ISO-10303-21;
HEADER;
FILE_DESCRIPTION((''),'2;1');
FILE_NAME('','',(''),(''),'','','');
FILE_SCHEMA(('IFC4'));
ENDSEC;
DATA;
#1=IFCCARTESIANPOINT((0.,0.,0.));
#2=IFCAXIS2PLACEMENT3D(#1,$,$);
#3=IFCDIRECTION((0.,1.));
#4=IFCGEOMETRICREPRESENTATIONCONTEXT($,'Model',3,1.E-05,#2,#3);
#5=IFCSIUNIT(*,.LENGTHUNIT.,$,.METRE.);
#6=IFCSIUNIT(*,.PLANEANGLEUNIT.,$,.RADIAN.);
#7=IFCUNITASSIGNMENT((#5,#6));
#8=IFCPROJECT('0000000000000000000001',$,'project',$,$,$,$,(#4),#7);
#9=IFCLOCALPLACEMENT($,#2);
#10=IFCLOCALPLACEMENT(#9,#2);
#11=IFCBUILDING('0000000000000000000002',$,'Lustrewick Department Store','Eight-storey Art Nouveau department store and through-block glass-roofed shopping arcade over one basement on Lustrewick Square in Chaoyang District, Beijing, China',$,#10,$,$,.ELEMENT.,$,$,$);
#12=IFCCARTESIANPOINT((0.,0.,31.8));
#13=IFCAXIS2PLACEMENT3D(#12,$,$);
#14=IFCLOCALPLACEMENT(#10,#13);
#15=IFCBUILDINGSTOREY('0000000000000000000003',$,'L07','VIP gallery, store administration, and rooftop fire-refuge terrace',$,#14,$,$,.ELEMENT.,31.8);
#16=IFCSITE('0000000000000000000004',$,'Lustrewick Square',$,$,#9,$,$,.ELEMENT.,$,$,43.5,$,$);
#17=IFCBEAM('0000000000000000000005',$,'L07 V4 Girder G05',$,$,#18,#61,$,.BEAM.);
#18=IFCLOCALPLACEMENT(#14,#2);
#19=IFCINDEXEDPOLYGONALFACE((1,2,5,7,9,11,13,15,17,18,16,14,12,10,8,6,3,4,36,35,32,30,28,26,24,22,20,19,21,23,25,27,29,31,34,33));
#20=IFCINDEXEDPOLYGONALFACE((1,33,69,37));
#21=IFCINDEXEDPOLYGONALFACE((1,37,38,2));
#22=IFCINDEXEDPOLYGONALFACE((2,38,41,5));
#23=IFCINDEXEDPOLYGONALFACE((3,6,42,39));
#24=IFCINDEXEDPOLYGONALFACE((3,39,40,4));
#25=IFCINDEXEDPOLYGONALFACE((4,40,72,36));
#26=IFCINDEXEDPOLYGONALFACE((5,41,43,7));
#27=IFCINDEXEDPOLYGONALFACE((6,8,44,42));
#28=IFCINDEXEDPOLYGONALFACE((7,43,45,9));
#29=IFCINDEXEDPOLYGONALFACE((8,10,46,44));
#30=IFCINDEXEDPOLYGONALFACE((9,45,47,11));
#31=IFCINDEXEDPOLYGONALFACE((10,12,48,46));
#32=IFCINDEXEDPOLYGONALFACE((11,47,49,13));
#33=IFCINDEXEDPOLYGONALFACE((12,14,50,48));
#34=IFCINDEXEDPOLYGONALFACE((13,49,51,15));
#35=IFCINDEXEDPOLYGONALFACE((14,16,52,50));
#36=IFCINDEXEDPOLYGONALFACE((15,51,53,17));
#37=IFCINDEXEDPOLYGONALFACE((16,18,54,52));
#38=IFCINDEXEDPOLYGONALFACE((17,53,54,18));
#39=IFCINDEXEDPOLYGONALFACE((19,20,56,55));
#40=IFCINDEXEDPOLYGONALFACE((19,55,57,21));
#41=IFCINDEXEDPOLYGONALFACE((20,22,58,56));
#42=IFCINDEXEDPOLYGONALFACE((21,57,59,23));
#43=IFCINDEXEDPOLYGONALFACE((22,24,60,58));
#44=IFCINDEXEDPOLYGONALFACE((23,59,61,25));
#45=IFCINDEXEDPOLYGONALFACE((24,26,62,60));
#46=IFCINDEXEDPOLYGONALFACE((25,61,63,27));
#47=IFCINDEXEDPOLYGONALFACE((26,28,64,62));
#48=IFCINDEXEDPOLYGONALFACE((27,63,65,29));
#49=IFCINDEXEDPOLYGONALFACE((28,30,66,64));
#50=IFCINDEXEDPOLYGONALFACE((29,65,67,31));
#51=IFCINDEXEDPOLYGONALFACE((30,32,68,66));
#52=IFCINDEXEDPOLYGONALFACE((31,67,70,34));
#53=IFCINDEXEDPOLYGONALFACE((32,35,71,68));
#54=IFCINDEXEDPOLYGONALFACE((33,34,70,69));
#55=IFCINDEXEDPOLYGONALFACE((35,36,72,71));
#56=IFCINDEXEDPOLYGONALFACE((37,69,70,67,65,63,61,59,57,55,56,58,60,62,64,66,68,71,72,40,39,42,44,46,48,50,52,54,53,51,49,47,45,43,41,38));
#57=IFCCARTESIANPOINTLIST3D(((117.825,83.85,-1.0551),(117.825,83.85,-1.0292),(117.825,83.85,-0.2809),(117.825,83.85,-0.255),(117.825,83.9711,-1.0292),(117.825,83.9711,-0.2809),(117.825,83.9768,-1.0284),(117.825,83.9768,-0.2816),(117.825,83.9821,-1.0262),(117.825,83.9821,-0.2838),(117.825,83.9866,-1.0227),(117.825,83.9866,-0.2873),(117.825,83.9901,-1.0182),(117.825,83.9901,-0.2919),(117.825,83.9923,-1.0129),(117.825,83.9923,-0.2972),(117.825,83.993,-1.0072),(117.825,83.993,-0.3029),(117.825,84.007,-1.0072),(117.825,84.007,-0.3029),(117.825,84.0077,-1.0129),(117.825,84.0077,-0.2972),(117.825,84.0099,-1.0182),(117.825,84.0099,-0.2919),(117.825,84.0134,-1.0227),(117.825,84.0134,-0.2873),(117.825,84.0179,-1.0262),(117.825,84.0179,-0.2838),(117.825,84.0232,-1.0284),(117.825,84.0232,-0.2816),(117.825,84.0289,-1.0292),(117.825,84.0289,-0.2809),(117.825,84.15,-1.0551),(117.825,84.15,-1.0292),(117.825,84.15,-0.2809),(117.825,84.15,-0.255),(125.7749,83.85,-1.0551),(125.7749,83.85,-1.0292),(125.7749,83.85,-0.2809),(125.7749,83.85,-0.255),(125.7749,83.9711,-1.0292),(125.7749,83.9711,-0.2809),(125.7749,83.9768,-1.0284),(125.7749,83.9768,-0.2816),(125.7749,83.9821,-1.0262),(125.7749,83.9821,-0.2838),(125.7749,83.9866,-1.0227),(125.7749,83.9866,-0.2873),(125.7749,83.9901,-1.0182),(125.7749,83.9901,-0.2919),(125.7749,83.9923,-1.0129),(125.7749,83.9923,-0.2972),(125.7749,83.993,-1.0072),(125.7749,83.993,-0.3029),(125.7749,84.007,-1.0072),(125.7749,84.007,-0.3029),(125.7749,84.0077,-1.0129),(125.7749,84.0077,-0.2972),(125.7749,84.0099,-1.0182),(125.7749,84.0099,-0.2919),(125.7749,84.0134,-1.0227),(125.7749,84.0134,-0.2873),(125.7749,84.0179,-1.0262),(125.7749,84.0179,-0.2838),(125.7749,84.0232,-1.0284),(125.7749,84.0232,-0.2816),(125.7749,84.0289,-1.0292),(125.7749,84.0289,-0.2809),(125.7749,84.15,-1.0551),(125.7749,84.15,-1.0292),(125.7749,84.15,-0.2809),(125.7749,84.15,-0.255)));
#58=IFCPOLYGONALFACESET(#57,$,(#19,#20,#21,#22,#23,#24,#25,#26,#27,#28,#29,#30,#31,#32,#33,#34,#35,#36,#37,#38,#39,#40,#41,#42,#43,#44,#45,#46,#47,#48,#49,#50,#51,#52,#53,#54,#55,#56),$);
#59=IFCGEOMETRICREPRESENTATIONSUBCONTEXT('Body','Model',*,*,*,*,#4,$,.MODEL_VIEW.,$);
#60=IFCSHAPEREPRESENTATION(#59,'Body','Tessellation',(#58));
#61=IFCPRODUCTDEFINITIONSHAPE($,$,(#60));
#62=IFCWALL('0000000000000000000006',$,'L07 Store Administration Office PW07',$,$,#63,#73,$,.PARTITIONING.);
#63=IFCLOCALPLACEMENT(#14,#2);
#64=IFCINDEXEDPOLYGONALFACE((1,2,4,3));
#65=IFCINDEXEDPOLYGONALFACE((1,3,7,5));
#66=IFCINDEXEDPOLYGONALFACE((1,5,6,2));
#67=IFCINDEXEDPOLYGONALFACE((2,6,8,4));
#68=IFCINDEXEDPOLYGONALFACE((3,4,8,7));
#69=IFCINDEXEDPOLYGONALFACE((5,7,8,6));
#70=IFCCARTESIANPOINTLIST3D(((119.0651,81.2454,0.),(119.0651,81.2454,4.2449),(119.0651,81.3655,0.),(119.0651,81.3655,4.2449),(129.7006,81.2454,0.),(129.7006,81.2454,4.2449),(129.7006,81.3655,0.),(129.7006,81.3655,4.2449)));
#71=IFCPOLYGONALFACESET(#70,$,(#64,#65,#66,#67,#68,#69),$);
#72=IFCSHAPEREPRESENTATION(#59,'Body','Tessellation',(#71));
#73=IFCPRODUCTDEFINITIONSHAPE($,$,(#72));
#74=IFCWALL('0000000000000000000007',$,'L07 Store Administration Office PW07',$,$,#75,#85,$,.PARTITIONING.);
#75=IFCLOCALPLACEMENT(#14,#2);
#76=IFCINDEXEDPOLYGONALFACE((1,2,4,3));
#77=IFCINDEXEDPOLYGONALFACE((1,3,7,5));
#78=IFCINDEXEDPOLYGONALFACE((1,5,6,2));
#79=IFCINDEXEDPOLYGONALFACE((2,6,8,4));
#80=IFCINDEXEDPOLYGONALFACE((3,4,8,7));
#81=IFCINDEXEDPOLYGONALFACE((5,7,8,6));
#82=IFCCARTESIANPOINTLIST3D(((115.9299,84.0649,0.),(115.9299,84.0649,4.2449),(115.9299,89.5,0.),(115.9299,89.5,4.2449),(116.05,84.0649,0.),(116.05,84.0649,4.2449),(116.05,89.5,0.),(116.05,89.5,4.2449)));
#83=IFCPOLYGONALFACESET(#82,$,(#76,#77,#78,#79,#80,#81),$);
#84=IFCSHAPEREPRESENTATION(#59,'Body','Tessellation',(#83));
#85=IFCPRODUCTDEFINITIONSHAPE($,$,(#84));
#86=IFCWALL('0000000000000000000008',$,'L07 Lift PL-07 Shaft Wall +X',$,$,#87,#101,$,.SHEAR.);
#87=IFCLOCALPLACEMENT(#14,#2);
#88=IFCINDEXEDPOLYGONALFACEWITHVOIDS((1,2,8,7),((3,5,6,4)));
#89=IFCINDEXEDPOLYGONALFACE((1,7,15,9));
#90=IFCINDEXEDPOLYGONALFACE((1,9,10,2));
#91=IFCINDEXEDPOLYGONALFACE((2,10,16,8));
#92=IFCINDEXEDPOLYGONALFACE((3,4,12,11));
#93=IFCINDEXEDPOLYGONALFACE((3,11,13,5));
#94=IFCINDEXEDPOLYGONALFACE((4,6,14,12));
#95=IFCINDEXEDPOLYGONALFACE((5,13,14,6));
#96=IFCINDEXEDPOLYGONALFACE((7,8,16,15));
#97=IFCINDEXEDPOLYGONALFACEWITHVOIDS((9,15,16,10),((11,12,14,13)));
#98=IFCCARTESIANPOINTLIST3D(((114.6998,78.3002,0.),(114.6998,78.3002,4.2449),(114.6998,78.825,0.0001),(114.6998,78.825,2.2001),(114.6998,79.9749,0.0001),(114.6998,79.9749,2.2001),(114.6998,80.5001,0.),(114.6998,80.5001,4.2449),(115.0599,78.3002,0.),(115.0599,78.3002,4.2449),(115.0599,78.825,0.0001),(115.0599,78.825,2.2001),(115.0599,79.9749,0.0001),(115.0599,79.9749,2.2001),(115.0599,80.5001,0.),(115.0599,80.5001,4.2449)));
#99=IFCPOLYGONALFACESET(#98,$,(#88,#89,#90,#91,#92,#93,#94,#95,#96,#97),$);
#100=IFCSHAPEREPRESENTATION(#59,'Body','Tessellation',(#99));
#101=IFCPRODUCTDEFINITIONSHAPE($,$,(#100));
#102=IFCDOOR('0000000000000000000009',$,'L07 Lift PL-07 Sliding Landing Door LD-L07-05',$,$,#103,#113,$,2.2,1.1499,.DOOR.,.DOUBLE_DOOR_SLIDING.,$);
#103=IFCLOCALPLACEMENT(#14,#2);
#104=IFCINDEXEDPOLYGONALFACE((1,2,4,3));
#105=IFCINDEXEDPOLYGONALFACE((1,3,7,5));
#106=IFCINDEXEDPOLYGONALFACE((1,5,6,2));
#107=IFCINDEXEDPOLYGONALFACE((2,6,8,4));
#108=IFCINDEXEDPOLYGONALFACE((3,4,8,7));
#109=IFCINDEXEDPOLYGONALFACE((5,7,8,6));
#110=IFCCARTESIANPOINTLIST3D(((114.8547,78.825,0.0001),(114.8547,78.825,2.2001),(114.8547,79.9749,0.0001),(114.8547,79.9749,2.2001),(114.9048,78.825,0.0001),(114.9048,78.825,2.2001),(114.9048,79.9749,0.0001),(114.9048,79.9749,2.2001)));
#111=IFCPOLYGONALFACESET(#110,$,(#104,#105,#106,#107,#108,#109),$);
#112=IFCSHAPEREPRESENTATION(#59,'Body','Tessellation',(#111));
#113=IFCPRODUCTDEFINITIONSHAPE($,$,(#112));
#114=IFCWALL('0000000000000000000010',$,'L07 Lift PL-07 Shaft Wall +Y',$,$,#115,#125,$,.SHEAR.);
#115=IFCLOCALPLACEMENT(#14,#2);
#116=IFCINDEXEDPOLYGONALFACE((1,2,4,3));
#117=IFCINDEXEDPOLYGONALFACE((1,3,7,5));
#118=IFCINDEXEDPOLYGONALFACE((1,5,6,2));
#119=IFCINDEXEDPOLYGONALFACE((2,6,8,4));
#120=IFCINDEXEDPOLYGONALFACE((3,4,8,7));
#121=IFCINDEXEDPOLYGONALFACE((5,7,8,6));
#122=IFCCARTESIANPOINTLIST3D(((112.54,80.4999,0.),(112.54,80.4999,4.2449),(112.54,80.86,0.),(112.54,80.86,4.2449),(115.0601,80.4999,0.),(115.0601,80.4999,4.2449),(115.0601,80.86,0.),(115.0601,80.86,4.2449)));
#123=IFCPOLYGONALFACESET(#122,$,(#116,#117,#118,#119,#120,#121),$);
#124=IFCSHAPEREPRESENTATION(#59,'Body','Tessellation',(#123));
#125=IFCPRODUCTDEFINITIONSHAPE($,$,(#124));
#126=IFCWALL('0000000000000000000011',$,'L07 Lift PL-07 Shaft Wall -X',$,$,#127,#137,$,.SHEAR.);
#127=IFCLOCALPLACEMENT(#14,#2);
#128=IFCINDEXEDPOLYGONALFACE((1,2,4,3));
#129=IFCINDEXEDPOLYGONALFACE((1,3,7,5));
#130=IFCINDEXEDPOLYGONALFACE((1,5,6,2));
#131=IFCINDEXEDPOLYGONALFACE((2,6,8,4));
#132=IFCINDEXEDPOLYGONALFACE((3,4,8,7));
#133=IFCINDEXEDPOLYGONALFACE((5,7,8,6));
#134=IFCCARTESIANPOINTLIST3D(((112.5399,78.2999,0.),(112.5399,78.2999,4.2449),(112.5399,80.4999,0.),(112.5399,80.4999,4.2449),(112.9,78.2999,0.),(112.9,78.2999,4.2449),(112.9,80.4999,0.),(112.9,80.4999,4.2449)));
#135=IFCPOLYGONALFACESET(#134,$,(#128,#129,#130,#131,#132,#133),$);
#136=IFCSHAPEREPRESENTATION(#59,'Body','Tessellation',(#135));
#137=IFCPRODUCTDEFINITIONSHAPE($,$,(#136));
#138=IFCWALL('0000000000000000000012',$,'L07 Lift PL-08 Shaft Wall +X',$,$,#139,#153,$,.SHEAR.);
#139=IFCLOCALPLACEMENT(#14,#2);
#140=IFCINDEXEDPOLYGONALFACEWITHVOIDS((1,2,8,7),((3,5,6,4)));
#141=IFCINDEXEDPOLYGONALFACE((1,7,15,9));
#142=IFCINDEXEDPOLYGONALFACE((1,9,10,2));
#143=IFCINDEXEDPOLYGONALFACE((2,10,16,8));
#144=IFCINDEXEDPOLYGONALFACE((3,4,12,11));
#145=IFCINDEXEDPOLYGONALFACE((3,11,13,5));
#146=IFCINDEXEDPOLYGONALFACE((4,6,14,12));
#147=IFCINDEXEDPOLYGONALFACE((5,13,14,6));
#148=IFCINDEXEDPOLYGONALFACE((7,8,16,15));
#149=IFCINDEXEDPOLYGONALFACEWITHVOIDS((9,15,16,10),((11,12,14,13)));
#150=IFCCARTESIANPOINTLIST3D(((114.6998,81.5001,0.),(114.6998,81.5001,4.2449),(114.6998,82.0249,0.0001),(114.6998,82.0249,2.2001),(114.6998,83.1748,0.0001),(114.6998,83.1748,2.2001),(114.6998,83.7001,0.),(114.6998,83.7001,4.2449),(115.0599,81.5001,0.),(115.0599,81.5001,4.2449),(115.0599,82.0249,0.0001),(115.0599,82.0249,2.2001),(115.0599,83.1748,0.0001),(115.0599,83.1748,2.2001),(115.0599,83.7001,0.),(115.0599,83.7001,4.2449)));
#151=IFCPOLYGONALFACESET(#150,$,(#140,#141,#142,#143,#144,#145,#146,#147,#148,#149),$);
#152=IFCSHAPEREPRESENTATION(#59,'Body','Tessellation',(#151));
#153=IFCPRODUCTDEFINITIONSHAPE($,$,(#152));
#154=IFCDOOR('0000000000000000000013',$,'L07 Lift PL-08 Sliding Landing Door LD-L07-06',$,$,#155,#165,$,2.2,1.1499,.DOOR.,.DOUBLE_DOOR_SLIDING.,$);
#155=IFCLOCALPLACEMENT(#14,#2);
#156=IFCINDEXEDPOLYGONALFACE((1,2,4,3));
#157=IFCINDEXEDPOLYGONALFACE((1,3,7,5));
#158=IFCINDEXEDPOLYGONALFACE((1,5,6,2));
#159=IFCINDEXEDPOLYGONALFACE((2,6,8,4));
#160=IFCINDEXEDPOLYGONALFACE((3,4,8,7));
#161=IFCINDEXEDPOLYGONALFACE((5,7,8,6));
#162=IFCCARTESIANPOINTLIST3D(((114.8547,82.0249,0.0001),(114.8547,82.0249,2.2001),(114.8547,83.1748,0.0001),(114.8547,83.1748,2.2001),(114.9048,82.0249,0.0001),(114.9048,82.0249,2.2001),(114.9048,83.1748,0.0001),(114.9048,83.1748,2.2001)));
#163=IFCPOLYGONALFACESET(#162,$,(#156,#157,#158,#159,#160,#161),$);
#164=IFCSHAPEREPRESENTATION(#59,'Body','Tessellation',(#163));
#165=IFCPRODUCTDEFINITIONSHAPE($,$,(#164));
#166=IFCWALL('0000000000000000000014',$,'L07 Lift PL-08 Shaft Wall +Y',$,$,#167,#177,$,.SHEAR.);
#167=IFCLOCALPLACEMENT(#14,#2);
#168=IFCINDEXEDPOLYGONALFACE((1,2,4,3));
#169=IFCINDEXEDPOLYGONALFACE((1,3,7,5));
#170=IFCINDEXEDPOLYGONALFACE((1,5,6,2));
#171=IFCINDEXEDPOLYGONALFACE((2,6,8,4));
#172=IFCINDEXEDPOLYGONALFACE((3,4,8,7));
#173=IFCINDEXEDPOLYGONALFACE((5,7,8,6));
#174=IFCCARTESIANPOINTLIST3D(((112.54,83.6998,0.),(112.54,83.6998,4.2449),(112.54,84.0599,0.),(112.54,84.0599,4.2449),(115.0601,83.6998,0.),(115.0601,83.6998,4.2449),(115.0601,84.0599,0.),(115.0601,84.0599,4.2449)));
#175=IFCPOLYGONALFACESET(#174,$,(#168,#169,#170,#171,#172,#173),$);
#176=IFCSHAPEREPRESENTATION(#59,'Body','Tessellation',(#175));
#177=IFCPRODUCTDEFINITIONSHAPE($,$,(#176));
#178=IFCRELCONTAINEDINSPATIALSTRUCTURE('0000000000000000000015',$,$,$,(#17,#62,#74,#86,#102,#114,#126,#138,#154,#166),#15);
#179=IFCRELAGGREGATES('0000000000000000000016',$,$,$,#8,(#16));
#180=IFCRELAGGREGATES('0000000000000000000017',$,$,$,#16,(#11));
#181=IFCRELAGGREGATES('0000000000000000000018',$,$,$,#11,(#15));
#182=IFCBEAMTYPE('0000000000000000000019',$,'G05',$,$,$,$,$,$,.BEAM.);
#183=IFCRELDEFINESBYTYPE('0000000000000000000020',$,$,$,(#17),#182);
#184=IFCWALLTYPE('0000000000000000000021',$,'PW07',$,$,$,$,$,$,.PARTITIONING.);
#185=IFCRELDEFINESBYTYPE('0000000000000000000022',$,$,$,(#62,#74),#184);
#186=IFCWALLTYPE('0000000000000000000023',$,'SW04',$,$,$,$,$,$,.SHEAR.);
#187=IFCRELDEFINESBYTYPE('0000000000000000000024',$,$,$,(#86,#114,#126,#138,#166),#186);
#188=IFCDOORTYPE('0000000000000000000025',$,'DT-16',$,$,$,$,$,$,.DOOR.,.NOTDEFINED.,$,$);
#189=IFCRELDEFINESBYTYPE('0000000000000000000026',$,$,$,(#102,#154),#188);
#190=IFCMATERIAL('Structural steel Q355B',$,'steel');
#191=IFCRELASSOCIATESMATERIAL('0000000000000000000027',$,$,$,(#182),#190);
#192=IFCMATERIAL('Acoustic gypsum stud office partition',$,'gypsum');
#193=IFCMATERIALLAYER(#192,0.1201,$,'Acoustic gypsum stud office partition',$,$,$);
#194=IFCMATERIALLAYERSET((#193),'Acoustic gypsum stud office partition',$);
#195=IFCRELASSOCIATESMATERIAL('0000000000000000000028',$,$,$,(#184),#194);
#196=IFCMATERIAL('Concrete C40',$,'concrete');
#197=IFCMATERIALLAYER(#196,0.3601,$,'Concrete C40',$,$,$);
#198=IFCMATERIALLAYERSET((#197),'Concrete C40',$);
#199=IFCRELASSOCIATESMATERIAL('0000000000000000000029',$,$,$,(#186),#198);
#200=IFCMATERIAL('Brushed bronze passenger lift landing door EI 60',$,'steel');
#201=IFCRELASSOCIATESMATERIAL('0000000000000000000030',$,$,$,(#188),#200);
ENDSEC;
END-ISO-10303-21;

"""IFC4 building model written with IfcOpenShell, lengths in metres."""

from ifc_helpers import new_model, si_unit, direction, frame, frame_2d, origin, origin_2d, place, context, subcontext, project, spatial, rectangle, i_section, extrude, material, layer, layer_set, material_profile, profile_set, type_object, element, fill, save


model = new_model("IFC4")

# Units and contexts
model_context = context("Model", 3, precision=1e-05, world=origin(), true_north=direction((0.0, 1.0)))
body_context = subcontext(model_context, "Body", "Model", "MODEL_VIEW")
ifc_project = project(units=[si_unit("LENGTHUNIT", "METRE"), si_unit("PLANEANGLEUNIT", "RADIAN")], contexts=[model_context])

# Site, building, storey
site_placement = place(None, origin())
site = spatial("IfcSite", under=ifc_project, at=site_placement, Name="Lustrewick Square", CompositionType="ELEMENT", RefElevation=43.5)
building_placement = place(site_placement, origin())
building = spatial("IfcBuilding", under=site, at=building_placement, Name="Lustrewick Department Store", Description="Eight-storey Art Nouveau department store and through-block glass-roofed shopping arcade over one basement on Lustrewick Square in Chaoyang District, Beijing, China", CompositionType="ELEMENT")
storey_placement = place(building_placement, frame((0.0, 0.0, 31.8)))
storey = spatial("IfcBuildingStorey", under=building, at=storey_placement, Name="L07", Description="VIP gallery, store administration, and rooftop fire-refuge terrace", CompositionType="ELEMENT", Elevation=31.8)

# Shared definitions
ifc_material_1 = material(Name="Structural steel Q355B", Category="steel")

# Beam
ifc_material_profile_1 = material_profile(ifc_material_1, i_section(OverallWidth=0.3, OverallDepth=0.8, WebThickness=0.0139, FlangeThickness=0.0259, FilletRadius=0.022, at=origin_2d()), Name="HN 800x300x14x26")
ifc_profile_set_1 = profile_set([ifc_material_profile_1], Name="Structural steel Q355B")
beam_type_1 = type_object("IfcBeamType", Name="G05", PredefinedType="BEAM", material=ifc_profile_set_1)
beam_1_placement = place(storey_placement, frame((117.825, 84.0, -0.655), z_axis=(1.0, 0.0, 0.0), x_axis=(0.0, 1.0, 0.0)))
element("IfcBeam", 1, at=beam_1_placement, inside=storey, type_object=beam_type_1, Name="L07 V4 Girder G05", PredefinedType="BEAM", context=body_context, shape_type="SweptSolid", body=[
    extrude(i_section(OverallWidth=0.3, OverallDepth=0.8, WebThickness=0.0139, FlangeThickness=0.0259, FilletRadius=0.022, at=origin_2d()), origin(), (0.0, 0.0, 1.0), 7.95),
])

# Walls
ifc_material_2 = material(Name="Acoustic gypsum stud office partition", Category="gypsum")
ifc_layer_1 = layer(ifc_material_2, 0.1201, Name="Acoustic gypsum stud office partition")
ifc_layer_set_1 = layer_set([ifc_layer_1], Name="Acoustic gypsum stud office partition")
wall_type_1 = type_object("IfcWallType", Name="PW07", PredefinedType="PARTITIONING", material=ifc_layer_set_1)
wall_1_placement = place(storey_placement, frame((119.0649, 81.3054, 0.0), z_axis=(0.0, 0.0, 1.0), x_axis=(1.0, 0.0, 0.0)))
element("IfcWall", 2, at=wall_1_placement, inside=storey, type_object=wall_type_1, Name="L07 Store Administration Office PW07", PredefinedType="PARTITIONING", context=body_context, shape_type="SweptSolid", body=[
    extrude(rectangle(XDim=10.6355, YDim=0.1201, at=frame_2d((5.3179, 0.0))), origin(), (0.0, 0.0, 1.0), 4.2449),
])
wall_2_placement = place(storey_placement, frame((115.99, 84.0649, 0.0), z_axis=(0.0, 0.0, 1.0), x_axis=(0.0, 1.0, 0.0)))
element("IfcWall", 3, at=wall_2_placement, inside=storey, type_object=wall_type_1, Name="L07 Store Administration Office PW07", PredefinedType="PARTITIONING", context=body_context, shape_type="SweptSolid", body=[
    extrude(rectangle(XDim=5.4351, YDim=0.1201, at=frame_2d((2.7175, 0.0))), origin(), (0.0, 0.0, 1.0), 4.2449),
])

# Wall, opening, door
ifc_material_3 = material(Name="Concrete C40", Category="concrete")
ifc_layer_2 = layer(ifc_material_3, 0.3601, Name="Concrete C40")
ifc_layer_set_2 = layer_set([ifc_layer_2], Name="Concrete C40")
wall_type_2 = type_object("IfcWallType", Name="SW04", PredefinedType="SHEAR", material=ifc_layer_set_2)
wall_3_placement = place(storey_placement, frame((114.8799, 78.3, 0.0), z_axis=(0.0, 0.0, 1.0), x_axis=(0.0, 1.0, 0.0)))
wall_3 = element("IfcWall", 4, at=wall_3_placement, inside=storey, type_object=wall_type_2, Name="L07 Lift PL-07 Shaft Wall +X", PredefinedType="SHEAR", context=body_context, shape_type="SweptSolid", body=[
    extrude(rectangle(XDim=2.2, YDim=0.3601, at=frame_2d((1.1001, 0.0))), origin(), (0.0, 0.0, 1.0), 4.2449),
])
opening_1_placement = place(wall_3_placement, frame((0.5249, 0.0, 0.0)))
opening_1 = element("IfcOpeningElement", 5, at=opening_1_placement, cuts=wall_3, PredefinedType="OPENING", context=body_context, shape_type="SweptSolid", body=[
    extrude(rectangle(XDim=1.1499, YDim=2.2, at=frame_2d((0.575, 1.1001))), frame((0.0, 0.1899, 0.0), z_axis=(0.0, -1.0, 0.0), x_axis=(1.0, 0.0, 0.0)), (0.0, 0.0, 1.0), 0.3801),
])
ifc_material_4 = material(Name="Brushed bronze passenger lift landing door EI 60", Category="steel")
door_type_1 = type_object("IfcDoorType", Name="DT-16", OperationType="NOTDEFINED", PredefinedType="DOOR", material=ifc_material_4)
door_1_placement = place(opening_1_placement, frame((1.1499, 0.0, 0.0), z_axis=(0.0, 0.0, 1.0), x_axis=(-1.0, 0.0, 0.0)))
door_1 = element("IfcDoor", 6, at=door_1_placement, inside=storey, type_object=door_type_1, Name="L07 Lift PL-07 Sliding Landing Door LD-L07-05", OperationType="DOUBLE_DOOR_SLIDING", OverallHeight=2.2, OverallWidth=1.1499, PredefinedType="DOOR", context=body_context, shape_type="SweptSolid", body=[
    extrude(rectangle(XDim=1.1499, YDim=2.2, at=frame_2d((0.575, 1.1001))), frame((0.0, 0.0249, 0.0), z_axis=(0.0, -1.0, 0.0), x_axis=(1.0, 0.0, 0.0)), (0.0, 0.0, 1.0), 0.05),
])
fill(opening_1, door_1)

# Walls
wall_4_placement = place(storey_placement, frame((115.0601, 80.6799, 0.0), z_axis=(0.0, 0.0, 1.0), x_axis=(-1.0, 0.0, 0.0)))
element("IfcWall", 7, at=wall_4_placement, inside=storey, type_object=wall_type_2, Name="L07 Lift PL-07 Shaft Wall +Y", PredefinedType="SHEAR", context=body_context, shape_type="SweptSolid", body=[
    extrude(rectangle(XDim=2.52, YDim=0.3601, at=frame_2d((1.26, 0.0))), origin(), (0.0, 0.0, 1.0), 4.2449),
])
wall_5_placement = place(storey_placement, frame((112.72, 80.5, 0.0), z_axis=(0.0, 0.0, 1.0), x_axis=(0.0, -1.0, 0.0)))
element("IfcWall", 8, at=wall_5_placement, inside=storey, type_object=wall_type_2, Name="L07 Lift PL-07 Shaft Wall -X", PredefinedType="SHEAR", context=body_context, shape_type="SweptSolid", body=[
    extrude(rectangle(XDim=2.2, YDim=0.3601, at=frame_2d((1.1001, 0.0))), origin(), (0.0, 0.0, 1.0), 4.2449),
])

# Wall, opening, door
wall_6_placement = place(storey_placement, frame((114.8799, 81.5, 0.0), z_axis=(0.0, 0.0, 1.0), x_axis=(0.0, 1.0, 0.0)))
wall_6 = element("IfcWall", 9, at=wall_6_placement, inside=storey, type_object=wall_type_2, Name="L07 Lift PL-08 Shaft Wall +X", PredefinedType="SHEAR", context=body_context, shape_type="SweptSolid", body=[
    extrude(rectangle(XDim=2.2, YDim=0.3601, at=frame_2d((1.1001, 0.0))), origin(), (0.0, 0.0, 1.0), 4.2449),
])
opening_2_placement = place(wall_6_placement, frame((0.5249, 0.0, 0.0)))
opening_2 = element("IfcOpeningElement", 10, at=opening_2_placement, cuts=wall_6, PredefinedType="OPENING", context=body_context, shape_type="SweptSolid", body=[
    extrude(rectangle(XDim=1.1499, YDim=2.2, at=frame_2d((0.575, 1.1001))), frame((0.0, 0.1899, 0.0), z_axis=(0.0, -1.0, 0.0), x_axis=(1.0, 0.0, 0.0)), (0.0, 0.0, 1.0), 0.3801),
])
door_2_placement = place(opening_2_placement, frame((1.1499, 0.0, 0.0), z_axis=(0.0, 0.0, 1.0), x_axis=(-1.0, 0.0, 0.0)))
door_2 = element("IfcDoor", 11, at=door_2_placement, inside=storey, type_object=door_type_1, Name="L07 Lift PL-08 Sliding Landing Door LD-L07-06", OperationType="DOUBLE_DOOR_SLIDING", OverallHeight=2.2, OverallWidth=1.1499, PredefinedType="DOOR", context=body_context, shape_type="SweptSolid", body=[
    extrude(rectangle(XDim=1.1499, YDim=2.2, at=frame_2d((0.575, 1.1001))), frame((0.0, 0.0249, 0.0), z_axis=(0.0, -1.0, 0.0), x_axis=(1.0, 0.0, 0.0)), (0.0, 0.0, 1.0), 0.05),
])
fill(opening_2, door_2)

# Wall
wall_7_placement = place(storey_placement, frame((115.0601, 83.8799, 0.0), z_axis=(0.0, 0.0, 1.0), x_axis=(-1.0, 0.0, 0.0)))
element("IfcWall", 12, at=wall_7_placement, inside=storey, type_object=wall_type_2, Name="L07 Lift PL-08 Shaft Wall +Y", PredefinedType="SHEAR", context=body_context, shape_type="SweptSolid", body=[
    extrude(rectangle(XDim=2.52, YDim=0.3601, at=frame_2d((1.26, 0.0))), origin(), (0.0, 0.0, 1.0), 4.2449),
])

save(model, "model.ifc")
